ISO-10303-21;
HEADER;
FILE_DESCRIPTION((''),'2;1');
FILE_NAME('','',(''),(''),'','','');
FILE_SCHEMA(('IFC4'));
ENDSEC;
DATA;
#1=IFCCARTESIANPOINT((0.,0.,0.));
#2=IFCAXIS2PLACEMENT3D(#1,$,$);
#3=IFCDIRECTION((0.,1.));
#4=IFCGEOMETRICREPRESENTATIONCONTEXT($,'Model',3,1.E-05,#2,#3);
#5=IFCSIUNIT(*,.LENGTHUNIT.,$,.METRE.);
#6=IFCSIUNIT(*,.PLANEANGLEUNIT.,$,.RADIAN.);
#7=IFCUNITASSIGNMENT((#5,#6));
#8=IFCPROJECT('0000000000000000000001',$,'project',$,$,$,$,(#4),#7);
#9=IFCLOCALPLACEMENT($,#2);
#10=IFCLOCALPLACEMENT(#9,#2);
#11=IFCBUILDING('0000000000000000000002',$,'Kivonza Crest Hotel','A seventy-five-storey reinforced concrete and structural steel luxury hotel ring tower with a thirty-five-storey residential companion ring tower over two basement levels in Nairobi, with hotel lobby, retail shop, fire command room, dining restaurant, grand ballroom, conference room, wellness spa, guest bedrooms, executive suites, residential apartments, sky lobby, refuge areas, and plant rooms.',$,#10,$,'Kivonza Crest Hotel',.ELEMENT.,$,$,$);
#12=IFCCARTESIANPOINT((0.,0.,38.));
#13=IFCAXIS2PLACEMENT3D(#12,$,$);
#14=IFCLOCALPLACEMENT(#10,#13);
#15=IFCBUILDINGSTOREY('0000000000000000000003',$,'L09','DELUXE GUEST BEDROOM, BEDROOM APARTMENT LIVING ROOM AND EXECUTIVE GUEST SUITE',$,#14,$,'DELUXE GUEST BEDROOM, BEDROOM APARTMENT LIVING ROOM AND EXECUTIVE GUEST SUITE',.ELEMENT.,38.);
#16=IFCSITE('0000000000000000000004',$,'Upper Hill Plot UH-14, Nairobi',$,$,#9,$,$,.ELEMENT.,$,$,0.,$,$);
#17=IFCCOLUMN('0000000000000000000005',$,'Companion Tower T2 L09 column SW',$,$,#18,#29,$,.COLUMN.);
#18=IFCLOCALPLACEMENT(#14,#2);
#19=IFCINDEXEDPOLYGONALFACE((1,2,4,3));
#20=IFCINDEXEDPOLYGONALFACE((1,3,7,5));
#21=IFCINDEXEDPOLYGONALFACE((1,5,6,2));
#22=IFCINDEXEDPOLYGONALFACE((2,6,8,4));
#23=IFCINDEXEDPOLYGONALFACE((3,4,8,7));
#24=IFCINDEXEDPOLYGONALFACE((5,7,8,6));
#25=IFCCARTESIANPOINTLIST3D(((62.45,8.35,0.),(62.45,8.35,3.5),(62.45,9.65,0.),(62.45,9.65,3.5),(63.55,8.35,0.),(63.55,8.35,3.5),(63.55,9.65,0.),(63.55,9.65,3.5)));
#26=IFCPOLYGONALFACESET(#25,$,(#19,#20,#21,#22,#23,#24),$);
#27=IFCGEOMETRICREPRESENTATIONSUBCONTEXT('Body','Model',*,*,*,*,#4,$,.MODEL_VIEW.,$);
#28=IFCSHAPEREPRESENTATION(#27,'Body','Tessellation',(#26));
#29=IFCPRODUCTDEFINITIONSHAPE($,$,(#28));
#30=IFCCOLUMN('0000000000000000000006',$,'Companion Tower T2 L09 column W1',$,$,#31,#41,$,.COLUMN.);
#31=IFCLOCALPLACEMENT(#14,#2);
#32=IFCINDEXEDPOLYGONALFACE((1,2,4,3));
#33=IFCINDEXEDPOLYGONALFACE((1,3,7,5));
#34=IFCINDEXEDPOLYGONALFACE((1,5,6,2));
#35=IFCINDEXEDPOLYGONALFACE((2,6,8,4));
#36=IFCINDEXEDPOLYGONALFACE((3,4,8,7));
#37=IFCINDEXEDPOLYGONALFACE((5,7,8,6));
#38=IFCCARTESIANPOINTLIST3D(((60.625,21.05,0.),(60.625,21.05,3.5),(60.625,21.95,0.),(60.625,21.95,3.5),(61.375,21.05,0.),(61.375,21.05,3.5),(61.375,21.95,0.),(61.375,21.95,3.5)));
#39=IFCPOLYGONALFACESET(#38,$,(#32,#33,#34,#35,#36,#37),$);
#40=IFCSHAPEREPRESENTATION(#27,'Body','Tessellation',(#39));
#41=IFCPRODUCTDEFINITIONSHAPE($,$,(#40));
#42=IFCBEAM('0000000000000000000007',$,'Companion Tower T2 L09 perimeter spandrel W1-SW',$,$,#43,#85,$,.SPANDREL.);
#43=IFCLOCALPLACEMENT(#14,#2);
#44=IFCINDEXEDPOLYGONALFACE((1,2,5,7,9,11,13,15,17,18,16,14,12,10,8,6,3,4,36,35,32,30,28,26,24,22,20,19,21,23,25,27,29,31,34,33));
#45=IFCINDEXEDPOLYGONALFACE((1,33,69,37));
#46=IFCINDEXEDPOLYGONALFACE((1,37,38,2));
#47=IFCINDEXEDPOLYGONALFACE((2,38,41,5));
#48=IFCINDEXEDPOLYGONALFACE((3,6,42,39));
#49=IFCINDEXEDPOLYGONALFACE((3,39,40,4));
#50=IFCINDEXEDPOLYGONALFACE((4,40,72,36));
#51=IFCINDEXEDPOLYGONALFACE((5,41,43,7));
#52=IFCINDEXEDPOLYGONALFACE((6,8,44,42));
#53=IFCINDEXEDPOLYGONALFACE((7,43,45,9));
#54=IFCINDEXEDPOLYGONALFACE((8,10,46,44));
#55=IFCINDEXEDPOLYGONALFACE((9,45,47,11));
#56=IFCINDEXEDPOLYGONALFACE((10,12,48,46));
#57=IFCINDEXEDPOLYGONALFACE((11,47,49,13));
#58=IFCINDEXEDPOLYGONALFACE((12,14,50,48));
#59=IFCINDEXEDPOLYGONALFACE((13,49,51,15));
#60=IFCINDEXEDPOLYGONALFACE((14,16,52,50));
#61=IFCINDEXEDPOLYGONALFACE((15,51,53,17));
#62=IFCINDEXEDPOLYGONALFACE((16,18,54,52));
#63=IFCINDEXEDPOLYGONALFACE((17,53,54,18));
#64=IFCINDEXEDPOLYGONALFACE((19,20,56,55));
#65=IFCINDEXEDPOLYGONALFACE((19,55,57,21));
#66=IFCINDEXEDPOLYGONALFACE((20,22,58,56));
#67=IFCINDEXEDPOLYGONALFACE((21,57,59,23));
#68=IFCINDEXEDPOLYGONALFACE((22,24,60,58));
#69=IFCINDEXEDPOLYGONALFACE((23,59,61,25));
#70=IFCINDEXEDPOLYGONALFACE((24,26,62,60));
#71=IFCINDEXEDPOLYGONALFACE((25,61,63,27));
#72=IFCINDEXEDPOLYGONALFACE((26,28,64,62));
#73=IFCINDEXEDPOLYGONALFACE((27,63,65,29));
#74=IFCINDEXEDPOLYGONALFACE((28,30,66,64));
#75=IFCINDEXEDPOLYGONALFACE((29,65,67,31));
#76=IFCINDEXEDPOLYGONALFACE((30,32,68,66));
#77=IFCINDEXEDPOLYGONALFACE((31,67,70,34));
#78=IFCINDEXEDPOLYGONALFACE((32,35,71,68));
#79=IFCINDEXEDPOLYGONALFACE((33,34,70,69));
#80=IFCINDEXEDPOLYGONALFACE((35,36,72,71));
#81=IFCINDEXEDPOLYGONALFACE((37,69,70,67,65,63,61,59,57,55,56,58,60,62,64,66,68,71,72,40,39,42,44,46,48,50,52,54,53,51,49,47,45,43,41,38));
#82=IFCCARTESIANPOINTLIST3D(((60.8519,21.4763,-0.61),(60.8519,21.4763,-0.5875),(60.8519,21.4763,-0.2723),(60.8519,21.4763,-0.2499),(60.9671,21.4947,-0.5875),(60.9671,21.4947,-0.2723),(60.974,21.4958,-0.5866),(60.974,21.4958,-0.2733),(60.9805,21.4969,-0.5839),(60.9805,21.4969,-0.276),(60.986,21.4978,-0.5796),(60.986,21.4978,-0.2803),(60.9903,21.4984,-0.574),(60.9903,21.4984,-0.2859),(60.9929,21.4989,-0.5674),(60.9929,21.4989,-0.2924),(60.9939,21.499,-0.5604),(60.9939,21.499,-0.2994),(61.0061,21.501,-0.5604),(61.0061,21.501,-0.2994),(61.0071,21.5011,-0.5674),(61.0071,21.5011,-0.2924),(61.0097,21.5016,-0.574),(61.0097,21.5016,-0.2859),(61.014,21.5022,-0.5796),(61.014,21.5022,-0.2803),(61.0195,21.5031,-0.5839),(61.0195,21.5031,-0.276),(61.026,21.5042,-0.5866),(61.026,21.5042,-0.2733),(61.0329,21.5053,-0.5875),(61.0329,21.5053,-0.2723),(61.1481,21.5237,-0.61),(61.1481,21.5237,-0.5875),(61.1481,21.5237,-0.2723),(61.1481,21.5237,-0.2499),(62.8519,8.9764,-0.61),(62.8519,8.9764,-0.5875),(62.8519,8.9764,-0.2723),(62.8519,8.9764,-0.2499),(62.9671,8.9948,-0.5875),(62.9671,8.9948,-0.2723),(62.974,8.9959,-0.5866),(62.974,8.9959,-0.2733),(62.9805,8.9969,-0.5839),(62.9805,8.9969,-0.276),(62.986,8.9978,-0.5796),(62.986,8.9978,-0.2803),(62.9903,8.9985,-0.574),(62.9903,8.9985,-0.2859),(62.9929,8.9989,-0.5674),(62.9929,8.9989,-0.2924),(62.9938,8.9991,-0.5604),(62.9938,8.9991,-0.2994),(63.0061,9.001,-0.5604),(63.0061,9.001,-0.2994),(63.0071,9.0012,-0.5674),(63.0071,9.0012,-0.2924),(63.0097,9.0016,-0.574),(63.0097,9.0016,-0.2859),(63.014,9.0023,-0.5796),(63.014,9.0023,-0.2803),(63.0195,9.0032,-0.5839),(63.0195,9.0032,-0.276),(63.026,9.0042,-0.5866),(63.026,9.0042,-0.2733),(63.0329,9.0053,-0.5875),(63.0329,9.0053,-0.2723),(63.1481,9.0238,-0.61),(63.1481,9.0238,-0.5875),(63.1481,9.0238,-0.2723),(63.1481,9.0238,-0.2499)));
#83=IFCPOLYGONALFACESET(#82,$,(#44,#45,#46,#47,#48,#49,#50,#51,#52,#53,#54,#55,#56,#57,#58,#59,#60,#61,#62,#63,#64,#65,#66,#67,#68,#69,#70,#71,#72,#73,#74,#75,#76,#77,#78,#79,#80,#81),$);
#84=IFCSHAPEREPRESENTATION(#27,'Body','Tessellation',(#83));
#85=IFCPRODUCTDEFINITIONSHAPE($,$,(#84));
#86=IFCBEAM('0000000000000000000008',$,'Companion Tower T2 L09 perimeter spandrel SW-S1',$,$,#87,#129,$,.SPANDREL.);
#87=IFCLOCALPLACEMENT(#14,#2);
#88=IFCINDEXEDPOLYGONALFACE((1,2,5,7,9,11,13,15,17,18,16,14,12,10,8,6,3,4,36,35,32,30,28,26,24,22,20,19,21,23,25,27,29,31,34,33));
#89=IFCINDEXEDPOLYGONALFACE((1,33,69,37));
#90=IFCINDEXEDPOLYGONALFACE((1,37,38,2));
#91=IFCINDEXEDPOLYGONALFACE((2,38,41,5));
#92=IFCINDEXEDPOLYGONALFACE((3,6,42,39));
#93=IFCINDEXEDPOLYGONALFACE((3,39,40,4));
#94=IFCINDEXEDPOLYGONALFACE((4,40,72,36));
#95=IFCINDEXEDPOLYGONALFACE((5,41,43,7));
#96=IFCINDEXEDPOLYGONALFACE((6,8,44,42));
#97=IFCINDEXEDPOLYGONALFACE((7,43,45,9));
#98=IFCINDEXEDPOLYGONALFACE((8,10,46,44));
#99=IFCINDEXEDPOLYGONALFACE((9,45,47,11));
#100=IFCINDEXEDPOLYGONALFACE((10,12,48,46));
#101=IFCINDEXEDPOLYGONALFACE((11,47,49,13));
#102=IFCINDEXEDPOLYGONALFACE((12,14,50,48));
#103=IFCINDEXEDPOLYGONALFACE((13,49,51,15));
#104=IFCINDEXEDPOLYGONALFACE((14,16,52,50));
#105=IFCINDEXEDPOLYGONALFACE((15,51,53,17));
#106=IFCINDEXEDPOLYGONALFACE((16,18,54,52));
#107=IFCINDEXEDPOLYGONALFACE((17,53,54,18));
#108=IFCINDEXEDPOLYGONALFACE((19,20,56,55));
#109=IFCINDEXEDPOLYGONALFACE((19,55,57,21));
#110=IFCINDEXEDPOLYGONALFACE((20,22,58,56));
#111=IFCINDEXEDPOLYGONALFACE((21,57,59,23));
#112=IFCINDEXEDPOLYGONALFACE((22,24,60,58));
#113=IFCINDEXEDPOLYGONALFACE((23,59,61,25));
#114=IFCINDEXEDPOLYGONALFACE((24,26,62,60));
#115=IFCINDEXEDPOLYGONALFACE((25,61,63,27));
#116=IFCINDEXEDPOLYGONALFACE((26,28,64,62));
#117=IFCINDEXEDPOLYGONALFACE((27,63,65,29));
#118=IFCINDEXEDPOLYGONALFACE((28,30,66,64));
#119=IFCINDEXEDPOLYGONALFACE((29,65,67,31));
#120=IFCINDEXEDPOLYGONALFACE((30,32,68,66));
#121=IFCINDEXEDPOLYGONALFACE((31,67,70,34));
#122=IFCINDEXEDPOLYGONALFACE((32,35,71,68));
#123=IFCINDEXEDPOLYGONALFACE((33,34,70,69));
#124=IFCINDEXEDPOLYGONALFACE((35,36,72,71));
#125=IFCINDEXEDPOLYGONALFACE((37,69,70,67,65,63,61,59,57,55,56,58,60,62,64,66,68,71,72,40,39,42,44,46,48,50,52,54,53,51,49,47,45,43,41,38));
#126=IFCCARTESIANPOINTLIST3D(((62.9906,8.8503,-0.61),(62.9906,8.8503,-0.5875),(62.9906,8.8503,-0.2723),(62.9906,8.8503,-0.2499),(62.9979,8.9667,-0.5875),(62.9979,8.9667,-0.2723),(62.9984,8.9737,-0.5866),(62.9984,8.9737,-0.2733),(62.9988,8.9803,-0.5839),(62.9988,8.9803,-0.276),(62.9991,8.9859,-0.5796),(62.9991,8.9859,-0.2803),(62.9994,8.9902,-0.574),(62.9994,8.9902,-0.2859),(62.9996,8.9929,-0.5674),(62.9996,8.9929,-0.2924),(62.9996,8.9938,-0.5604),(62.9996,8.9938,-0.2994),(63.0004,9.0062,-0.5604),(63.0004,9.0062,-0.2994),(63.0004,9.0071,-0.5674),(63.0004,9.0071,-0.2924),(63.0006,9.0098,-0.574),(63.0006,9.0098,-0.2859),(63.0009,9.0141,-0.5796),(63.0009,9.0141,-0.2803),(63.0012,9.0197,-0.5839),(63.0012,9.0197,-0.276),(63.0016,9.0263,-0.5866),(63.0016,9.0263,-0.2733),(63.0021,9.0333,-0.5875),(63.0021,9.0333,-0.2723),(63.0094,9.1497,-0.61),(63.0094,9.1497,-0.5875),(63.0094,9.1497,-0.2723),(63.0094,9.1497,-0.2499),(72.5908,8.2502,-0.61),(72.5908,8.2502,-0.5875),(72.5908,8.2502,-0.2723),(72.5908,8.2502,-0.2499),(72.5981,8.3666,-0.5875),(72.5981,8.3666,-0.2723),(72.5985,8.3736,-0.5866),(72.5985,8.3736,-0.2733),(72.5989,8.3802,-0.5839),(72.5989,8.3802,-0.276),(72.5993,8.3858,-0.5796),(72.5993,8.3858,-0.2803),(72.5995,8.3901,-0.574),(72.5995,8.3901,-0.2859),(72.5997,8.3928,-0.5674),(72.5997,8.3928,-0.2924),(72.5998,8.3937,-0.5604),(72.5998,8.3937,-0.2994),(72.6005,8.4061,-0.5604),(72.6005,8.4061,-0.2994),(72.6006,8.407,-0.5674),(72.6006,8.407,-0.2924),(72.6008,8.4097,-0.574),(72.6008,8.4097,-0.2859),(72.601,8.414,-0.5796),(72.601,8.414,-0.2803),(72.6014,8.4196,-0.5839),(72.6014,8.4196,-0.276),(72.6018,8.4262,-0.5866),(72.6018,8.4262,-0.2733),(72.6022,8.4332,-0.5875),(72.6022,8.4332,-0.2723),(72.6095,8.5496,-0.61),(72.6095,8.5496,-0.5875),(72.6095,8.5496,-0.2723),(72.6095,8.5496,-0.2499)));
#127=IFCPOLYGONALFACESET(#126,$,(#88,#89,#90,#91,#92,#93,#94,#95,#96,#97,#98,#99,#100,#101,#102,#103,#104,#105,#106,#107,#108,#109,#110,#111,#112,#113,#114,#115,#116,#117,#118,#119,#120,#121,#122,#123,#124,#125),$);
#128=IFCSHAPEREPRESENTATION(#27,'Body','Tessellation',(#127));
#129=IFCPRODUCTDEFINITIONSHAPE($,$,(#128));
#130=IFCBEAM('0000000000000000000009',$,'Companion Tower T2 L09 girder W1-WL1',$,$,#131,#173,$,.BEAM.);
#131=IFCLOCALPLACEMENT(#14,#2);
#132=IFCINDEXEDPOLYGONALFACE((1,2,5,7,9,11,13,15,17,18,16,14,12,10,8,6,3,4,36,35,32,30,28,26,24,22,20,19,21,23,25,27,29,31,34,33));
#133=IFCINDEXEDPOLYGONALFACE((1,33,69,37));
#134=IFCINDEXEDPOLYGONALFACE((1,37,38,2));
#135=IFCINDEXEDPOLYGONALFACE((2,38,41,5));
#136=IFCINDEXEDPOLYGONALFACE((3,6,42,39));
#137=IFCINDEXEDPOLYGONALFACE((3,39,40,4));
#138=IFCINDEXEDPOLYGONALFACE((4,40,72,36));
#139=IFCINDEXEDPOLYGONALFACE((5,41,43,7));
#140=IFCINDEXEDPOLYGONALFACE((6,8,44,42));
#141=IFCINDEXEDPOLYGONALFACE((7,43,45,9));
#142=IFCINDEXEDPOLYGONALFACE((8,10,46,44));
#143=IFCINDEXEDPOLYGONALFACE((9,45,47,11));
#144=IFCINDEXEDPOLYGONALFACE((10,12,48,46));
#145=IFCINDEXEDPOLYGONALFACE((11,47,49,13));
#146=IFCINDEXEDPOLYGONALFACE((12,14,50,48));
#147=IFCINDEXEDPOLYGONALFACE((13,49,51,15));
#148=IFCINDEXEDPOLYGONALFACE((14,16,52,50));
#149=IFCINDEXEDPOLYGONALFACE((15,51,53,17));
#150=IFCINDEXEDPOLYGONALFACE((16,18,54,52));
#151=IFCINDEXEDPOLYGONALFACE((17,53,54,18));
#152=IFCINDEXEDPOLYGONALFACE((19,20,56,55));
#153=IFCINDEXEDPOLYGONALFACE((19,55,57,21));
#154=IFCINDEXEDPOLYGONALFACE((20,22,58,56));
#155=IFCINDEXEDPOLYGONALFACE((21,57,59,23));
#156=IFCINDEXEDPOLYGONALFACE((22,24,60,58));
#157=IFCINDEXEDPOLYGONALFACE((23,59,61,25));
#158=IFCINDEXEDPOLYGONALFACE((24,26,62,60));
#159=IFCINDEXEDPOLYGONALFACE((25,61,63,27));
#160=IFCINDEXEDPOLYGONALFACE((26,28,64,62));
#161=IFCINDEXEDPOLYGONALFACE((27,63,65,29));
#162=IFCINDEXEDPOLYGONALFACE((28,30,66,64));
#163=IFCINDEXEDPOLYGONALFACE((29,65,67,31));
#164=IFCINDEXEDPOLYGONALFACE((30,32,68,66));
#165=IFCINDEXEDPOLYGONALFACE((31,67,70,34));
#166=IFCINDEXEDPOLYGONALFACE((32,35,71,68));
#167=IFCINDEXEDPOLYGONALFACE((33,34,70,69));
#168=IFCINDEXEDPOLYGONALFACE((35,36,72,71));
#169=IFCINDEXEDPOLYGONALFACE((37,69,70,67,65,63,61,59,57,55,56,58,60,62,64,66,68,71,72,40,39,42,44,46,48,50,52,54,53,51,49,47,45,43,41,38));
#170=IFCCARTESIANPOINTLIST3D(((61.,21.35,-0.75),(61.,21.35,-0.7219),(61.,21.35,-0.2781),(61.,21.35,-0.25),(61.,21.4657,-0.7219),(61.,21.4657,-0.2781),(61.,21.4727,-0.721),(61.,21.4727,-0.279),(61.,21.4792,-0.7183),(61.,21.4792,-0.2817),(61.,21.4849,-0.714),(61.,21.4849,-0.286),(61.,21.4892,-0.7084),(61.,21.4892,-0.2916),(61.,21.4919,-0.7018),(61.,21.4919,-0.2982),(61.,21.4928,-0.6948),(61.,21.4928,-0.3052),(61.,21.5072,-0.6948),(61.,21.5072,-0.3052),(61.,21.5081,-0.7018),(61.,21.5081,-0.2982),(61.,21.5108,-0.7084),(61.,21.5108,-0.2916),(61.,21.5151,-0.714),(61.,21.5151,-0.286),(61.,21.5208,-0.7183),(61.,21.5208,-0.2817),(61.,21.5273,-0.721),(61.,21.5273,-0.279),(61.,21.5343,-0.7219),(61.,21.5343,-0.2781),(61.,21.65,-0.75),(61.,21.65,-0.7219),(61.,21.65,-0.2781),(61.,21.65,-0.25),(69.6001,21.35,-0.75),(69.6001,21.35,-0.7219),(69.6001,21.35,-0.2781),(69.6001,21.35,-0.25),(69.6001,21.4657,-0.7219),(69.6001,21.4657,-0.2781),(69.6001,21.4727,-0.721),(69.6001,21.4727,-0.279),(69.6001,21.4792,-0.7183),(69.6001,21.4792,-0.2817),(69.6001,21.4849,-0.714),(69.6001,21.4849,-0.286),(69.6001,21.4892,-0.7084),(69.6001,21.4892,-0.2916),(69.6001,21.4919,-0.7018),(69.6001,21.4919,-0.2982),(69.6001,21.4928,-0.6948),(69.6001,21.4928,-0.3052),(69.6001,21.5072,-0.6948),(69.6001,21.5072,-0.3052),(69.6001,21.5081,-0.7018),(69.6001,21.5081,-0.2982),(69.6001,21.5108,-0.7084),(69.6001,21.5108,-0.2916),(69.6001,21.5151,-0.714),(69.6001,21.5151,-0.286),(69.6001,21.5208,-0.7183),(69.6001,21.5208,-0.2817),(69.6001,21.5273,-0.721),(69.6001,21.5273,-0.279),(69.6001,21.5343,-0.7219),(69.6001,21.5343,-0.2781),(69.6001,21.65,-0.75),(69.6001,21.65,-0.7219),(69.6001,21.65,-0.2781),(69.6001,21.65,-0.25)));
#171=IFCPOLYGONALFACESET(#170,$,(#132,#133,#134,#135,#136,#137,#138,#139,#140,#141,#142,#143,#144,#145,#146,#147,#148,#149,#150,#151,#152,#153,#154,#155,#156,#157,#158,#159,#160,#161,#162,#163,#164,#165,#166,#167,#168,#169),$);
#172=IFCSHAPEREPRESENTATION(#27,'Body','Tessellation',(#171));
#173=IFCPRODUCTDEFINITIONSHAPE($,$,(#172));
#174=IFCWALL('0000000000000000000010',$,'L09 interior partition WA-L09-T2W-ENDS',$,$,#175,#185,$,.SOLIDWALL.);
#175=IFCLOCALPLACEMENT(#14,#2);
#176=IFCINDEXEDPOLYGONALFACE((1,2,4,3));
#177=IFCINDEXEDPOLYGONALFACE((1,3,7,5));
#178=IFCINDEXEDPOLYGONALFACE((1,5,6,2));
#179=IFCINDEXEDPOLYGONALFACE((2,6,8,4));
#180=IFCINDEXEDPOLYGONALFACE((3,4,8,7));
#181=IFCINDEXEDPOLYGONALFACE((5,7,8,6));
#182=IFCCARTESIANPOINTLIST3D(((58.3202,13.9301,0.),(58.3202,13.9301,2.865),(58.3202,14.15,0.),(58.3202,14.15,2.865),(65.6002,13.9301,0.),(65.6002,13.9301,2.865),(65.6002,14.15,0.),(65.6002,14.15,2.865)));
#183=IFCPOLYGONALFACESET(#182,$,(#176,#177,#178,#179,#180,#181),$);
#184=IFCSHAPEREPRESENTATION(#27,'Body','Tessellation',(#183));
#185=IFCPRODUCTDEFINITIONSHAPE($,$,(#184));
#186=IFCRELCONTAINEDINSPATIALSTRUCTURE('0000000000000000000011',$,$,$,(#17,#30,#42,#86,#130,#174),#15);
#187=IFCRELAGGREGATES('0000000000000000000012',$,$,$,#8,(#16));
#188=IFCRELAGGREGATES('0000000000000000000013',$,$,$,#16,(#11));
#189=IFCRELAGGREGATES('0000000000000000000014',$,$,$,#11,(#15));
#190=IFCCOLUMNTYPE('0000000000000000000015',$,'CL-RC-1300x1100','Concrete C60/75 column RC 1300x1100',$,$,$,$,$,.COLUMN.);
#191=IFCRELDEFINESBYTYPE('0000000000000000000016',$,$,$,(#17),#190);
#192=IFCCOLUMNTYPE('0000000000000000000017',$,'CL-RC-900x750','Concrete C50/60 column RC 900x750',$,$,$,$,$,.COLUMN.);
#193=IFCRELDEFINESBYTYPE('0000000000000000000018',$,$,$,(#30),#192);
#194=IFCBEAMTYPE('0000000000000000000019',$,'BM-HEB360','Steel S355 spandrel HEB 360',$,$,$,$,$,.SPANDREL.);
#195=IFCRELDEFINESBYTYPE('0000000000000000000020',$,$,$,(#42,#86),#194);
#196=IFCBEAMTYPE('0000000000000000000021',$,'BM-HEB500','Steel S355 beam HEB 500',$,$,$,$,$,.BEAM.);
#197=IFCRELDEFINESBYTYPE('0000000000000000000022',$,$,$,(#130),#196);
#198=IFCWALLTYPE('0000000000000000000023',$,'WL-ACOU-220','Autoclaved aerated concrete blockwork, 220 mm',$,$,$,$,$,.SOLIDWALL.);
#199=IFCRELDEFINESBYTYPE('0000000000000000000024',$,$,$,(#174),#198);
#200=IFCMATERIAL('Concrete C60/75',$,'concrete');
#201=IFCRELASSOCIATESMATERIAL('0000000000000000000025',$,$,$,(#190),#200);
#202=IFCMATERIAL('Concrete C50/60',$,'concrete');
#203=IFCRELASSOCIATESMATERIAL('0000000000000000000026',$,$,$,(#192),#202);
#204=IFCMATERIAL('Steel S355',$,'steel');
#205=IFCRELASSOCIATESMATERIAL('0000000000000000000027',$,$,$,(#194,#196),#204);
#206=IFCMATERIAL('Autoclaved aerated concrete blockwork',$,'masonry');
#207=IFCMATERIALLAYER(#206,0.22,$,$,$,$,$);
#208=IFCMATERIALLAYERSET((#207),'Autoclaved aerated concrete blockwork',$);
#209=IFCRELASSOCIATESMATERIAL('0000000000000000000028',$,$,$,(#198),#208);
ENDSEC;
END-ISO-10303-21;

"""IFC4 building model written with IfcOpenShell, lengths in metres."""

from ifc_helpers import new_model, si_unit, direction, frame, frame_2d, origin, origin_2d, place, context, subcontext, project, spatial, rectangle, i_section, extrude, material, layer, layer_set, material_profile, profile_set, type_object, element, save


model = new_model("IFC4")

# Units and contexts
model_context = context("Model", 3, precision=1e-05, world=origin(), true_north=direction((0.0, 1.0)))
body_context = subcontext(model_context, "Body", "Model", "MODEL_VIEW")
ifc_project = project(units=[si_unit("LENGTHUNIT", "METRE"), si_unit("PLANEANGLEUNIT", "RADIAN")], contexts=[model_context])

# Site, building, storey
site_placement = place(None, origin())
site = spatial("IfcSite", under=ifc_project, at=site_placement, Name="Upper Hill Plot UH-14, Nairobi", CompositionType="ELEMENT", RefElevation=0.0)
building_placement = place(site_placement, origin())
building = spatial("IfcBuilding", under=site, at=building_placement, Name="Kivonza Crest Hotel", Description="A seventy-five-storey reinforced concrete and structural steel luxury hotel ring tower with a thirty-five-storey residential companion ring tower over two basement levels in Nairobi, with hotel lobby, retail shop, fire command room, dining restaurant, grand ballroom, conference room, wellness spa, guest bedrooms, executive suites, residential apartments, sky lobby, refuge areas, and plant rooms.", LongName="Kivonza Crest Hotel", CompositionType="ELEMENT")
storey_placement = place(building_placement, frame((0.0, 0.0, 38.0)))
storey = spatial("IfcBuildingStorey", under=building, at=storey_placement, Name="L09", Description="DELUXE GUEST BEDROOM, BEDROOM APARTMENT LIVING ROOM AND EXECUTIVE GUEST SUITE", LongName="DELUXE GUEST BEDROOM, BEDROOM APARTMENT LIVING ROOM AND EXECUTIVE GUEST SUITE", CompositionType="ELEMENT", Elevation=38.0)

# Columns
ifc_material_1 = material(Name="Concrete C60/75", Category="concrete")
ifc_material_profile_1 = material_profile(ifc_material_1, rectangle(XDim=1.1001, YDim=1.3, at=origin_2d()), Name="RC 1300x1100")
ifc_profile_set_1 = profile_set([ifc_material_profile_1], Name="Concrete C60/75")
column_type_1 = type_object("IfcColumnType", Name="CL-RC-1300x1100", Description="Concrete C60/75 column RC 1300x1100", PredefinedType="COLUMN", material=ifc_profile_set_1)
column_1_placement = place(storey_placement, frame((63.0, 9.0, 0.0), z_axis=(0.0, 0.0, 1.0), x_axis=(1.0, 0.0, 0.0)))
element("IfcColumn", 1, at=column_1_placement, inside=storey, type_object=column_type_1, Name="Companion Tower T2 L09 column SW", PredefinedType="COLUMN", context=body_context, shape_type="SweptSolid", body=[
    extrude(rectangle(XDim=1.1001, YDim=1.3, at=origin_2d()), origin(), (0.0, 0.0, 1.0), 3.5),
])
ifc_material_2 = material(Name="Concrete C50/60", Category="concrete")
ifc_material_profile_2 = material_profile(ifc_material_2, rectangle(XDim=0.75, YDim=0.8999, at=origin_2d()), Name="RC 900x750")
ifc_profile_set_2 = profile_set([ifc_material_profile_2], Name="Concrete C50/60")
column_type_2 = type_object("IfcColumnType", Name="CL-RC-900x750", Description="Concrete C50/60 column RC 900x750", PredefinedType="COLUMN", material=ifc_profile_set_2)
column_2_placement = place(storey_placement, frame((61.0, 21.5, 0.0), z_axis=(0.0, 0.0, 1.0), x_axis=(1.0, 0.0, 0.0)))
element("IfcColumn", 2, at=column_2_placement, inside=storey, type_object=column_type_2, Name="Companion Tower T2 L09 column W1", PredefinedType="COLUMN", context=body_context, shape_type="SweptSolid", body=[
    extrude(rectangle(XDim=0.75, YDim=0.8999, at=origin_2d()), origin(), (0.0, 0.0, 1.0), 3.5),
])

# Beams
ifc_material_3 = material(Name="Steel S355", Category="steel")
ifc_material_profile_3 = material_profile(ifc_material_3, i_section(OverallWidth=0.3, OverallDepth=0.3601, WebThickness=0.0125, FlangeThickness=0.0225, FilletRadius=0.0271, at=origin_2d()), Name="HEB 360")
ifc_profile_set_3 = profile_set([ifc_material_profile_3], Name="Steel S355")
beam_type_1 = type_object("IfcBeamType", Name="BM-HEB360", Description="Steel S355 spandrel HEB 360", PredefinedType="SPANDREL", material=ifc_profile_set_3)
beam_1_placement = place(storey_placement, frame((61.0, 21.5, -0.4299), z_axis=(0.157991, -0.987441, 0.0), x_axis=(0.987441, 0.157991, 0.0)))
element("IfcBeam", 3, at=beam_1_placement, inside=storey, type_object=beam_type_1, Name="Companion Tower T2 L09 perimeter spandrel W1-SW", PredefinedType="SPANDREL", context=body_context, shape_type="SweptSolid", body=[
    extrude(i_section(OverallWidth=0.3, OverallDepth=0.3601, WebThickness=0.0125, FlangeThickness=0.0225, FilletRadius=0.0271, at=origin_2d()), origin(), (0.0, 0.0, 1.0), 12.6589),
])
beam_2_placement = place(storey_placement, frame((63.0, 9.0, -0.4299), z_axis=(0.998052, -0.062388, 0.0), x_axis=(0.062388, 0.998052, 0.0)))
element("IfcBeam", 4, at=beam_2_placement, inside=storey, type_object=beam_type_1, Name="Companion Tower T2 L09 perimeter spandrel SW-S1", PredefinedType="SPANDREL", context=body_context, shape_type="SweptSolid", body=[
    extrude(i_section(OverallWidth=0.3, OverallDepth=0.3601, WebThickness=0.0125, FlangeThickness=0.0225, FilletRadius=0.0271, at=origin_2d()), origin(), (0.0, 0.0, 1.0), 9.6189),
])
ifc_material_profile_4 = material_profile(ifc_material_3, i_section(OverallWidth=0.3, OverallDepth=0.5, WebThickness=0.0144, FlangeThickness=0.0281, FilletRadius=0.0271, at=origin_2d()), Name="HEB 500")
ifc_profile_set_4 = profile_set([ifc_material_profile_4], Name="Steel S355")
beam_type_2 = type_object("IfcBeamType", Name="BM-HEB500", Description="Steel S355 beam HEB 500", PredefinedType="BEAM", material=ifc_profile_set_4)
beam_3_placement = place(storey_placement, frame((61.0, 21.5, -0.5), z_axis=(1.0, 0.0, 0.0), x_axis=(0.0, 1.0, 0.0)))
element("IfcBeam", 5, at=beam_3_placement, inside=storey, type_object=beam_type_2, Name="Companion Tower T2 L09 girder W1-WL1", PredefinedType="BEAM", context=body_context, shape_type="SweptSolid", body=[
    extrude(i_section(OverallWidth=0.3, OverallDepth=0.5, WebThickness=0.0144, FlangeThickness=0.0281, FilletRadius=0.0271, at=origin_2d()), origin(), (0.0, 0.0, 1.0), 8.6001),
])

# Wall
ifc_material_4 = material(Name="Autoclaved aerated concrete blockwork", Category="masonry")
ifc_layer_1 = layer(ifc_material_4, 0.22)
ifc_layer_set_1 = layer_set([ifc_layer_1], Name="Autoclaved aerated concrete blockwork")
wall_type_1 = type_object("IfcWallType", Name="WL-ACOU-220", Description="Autoclaved aerated concrete blockwork, 220 mm", PredefinedType="SOLIDWALL", material=ifc_layer_set_1)
wall_1_placement = place(storey_placement, frame((58.3201, 14.04, 0.0), z_axis=(0.0, 0.0, 1.0), x_axis=(1.0, 0.0, 0.0)))
element("IfcWall", 6, at=wall_1_placement, inside=storey, type_object=wall_type_1, Name="L09 interior partition WA-L09-T2W-ENDS", PredefinedType="SOLIDWALL", context=body_context, shape_type="SweptSolid", body=[
    extrude(rectangle(XDim=7.28, YDim=0.22, at=frame_2d((3.6401, 0.0))), origin(), (0.0, 0.0, 1.0), 2.865),
])

save(model, "model.ifc")
